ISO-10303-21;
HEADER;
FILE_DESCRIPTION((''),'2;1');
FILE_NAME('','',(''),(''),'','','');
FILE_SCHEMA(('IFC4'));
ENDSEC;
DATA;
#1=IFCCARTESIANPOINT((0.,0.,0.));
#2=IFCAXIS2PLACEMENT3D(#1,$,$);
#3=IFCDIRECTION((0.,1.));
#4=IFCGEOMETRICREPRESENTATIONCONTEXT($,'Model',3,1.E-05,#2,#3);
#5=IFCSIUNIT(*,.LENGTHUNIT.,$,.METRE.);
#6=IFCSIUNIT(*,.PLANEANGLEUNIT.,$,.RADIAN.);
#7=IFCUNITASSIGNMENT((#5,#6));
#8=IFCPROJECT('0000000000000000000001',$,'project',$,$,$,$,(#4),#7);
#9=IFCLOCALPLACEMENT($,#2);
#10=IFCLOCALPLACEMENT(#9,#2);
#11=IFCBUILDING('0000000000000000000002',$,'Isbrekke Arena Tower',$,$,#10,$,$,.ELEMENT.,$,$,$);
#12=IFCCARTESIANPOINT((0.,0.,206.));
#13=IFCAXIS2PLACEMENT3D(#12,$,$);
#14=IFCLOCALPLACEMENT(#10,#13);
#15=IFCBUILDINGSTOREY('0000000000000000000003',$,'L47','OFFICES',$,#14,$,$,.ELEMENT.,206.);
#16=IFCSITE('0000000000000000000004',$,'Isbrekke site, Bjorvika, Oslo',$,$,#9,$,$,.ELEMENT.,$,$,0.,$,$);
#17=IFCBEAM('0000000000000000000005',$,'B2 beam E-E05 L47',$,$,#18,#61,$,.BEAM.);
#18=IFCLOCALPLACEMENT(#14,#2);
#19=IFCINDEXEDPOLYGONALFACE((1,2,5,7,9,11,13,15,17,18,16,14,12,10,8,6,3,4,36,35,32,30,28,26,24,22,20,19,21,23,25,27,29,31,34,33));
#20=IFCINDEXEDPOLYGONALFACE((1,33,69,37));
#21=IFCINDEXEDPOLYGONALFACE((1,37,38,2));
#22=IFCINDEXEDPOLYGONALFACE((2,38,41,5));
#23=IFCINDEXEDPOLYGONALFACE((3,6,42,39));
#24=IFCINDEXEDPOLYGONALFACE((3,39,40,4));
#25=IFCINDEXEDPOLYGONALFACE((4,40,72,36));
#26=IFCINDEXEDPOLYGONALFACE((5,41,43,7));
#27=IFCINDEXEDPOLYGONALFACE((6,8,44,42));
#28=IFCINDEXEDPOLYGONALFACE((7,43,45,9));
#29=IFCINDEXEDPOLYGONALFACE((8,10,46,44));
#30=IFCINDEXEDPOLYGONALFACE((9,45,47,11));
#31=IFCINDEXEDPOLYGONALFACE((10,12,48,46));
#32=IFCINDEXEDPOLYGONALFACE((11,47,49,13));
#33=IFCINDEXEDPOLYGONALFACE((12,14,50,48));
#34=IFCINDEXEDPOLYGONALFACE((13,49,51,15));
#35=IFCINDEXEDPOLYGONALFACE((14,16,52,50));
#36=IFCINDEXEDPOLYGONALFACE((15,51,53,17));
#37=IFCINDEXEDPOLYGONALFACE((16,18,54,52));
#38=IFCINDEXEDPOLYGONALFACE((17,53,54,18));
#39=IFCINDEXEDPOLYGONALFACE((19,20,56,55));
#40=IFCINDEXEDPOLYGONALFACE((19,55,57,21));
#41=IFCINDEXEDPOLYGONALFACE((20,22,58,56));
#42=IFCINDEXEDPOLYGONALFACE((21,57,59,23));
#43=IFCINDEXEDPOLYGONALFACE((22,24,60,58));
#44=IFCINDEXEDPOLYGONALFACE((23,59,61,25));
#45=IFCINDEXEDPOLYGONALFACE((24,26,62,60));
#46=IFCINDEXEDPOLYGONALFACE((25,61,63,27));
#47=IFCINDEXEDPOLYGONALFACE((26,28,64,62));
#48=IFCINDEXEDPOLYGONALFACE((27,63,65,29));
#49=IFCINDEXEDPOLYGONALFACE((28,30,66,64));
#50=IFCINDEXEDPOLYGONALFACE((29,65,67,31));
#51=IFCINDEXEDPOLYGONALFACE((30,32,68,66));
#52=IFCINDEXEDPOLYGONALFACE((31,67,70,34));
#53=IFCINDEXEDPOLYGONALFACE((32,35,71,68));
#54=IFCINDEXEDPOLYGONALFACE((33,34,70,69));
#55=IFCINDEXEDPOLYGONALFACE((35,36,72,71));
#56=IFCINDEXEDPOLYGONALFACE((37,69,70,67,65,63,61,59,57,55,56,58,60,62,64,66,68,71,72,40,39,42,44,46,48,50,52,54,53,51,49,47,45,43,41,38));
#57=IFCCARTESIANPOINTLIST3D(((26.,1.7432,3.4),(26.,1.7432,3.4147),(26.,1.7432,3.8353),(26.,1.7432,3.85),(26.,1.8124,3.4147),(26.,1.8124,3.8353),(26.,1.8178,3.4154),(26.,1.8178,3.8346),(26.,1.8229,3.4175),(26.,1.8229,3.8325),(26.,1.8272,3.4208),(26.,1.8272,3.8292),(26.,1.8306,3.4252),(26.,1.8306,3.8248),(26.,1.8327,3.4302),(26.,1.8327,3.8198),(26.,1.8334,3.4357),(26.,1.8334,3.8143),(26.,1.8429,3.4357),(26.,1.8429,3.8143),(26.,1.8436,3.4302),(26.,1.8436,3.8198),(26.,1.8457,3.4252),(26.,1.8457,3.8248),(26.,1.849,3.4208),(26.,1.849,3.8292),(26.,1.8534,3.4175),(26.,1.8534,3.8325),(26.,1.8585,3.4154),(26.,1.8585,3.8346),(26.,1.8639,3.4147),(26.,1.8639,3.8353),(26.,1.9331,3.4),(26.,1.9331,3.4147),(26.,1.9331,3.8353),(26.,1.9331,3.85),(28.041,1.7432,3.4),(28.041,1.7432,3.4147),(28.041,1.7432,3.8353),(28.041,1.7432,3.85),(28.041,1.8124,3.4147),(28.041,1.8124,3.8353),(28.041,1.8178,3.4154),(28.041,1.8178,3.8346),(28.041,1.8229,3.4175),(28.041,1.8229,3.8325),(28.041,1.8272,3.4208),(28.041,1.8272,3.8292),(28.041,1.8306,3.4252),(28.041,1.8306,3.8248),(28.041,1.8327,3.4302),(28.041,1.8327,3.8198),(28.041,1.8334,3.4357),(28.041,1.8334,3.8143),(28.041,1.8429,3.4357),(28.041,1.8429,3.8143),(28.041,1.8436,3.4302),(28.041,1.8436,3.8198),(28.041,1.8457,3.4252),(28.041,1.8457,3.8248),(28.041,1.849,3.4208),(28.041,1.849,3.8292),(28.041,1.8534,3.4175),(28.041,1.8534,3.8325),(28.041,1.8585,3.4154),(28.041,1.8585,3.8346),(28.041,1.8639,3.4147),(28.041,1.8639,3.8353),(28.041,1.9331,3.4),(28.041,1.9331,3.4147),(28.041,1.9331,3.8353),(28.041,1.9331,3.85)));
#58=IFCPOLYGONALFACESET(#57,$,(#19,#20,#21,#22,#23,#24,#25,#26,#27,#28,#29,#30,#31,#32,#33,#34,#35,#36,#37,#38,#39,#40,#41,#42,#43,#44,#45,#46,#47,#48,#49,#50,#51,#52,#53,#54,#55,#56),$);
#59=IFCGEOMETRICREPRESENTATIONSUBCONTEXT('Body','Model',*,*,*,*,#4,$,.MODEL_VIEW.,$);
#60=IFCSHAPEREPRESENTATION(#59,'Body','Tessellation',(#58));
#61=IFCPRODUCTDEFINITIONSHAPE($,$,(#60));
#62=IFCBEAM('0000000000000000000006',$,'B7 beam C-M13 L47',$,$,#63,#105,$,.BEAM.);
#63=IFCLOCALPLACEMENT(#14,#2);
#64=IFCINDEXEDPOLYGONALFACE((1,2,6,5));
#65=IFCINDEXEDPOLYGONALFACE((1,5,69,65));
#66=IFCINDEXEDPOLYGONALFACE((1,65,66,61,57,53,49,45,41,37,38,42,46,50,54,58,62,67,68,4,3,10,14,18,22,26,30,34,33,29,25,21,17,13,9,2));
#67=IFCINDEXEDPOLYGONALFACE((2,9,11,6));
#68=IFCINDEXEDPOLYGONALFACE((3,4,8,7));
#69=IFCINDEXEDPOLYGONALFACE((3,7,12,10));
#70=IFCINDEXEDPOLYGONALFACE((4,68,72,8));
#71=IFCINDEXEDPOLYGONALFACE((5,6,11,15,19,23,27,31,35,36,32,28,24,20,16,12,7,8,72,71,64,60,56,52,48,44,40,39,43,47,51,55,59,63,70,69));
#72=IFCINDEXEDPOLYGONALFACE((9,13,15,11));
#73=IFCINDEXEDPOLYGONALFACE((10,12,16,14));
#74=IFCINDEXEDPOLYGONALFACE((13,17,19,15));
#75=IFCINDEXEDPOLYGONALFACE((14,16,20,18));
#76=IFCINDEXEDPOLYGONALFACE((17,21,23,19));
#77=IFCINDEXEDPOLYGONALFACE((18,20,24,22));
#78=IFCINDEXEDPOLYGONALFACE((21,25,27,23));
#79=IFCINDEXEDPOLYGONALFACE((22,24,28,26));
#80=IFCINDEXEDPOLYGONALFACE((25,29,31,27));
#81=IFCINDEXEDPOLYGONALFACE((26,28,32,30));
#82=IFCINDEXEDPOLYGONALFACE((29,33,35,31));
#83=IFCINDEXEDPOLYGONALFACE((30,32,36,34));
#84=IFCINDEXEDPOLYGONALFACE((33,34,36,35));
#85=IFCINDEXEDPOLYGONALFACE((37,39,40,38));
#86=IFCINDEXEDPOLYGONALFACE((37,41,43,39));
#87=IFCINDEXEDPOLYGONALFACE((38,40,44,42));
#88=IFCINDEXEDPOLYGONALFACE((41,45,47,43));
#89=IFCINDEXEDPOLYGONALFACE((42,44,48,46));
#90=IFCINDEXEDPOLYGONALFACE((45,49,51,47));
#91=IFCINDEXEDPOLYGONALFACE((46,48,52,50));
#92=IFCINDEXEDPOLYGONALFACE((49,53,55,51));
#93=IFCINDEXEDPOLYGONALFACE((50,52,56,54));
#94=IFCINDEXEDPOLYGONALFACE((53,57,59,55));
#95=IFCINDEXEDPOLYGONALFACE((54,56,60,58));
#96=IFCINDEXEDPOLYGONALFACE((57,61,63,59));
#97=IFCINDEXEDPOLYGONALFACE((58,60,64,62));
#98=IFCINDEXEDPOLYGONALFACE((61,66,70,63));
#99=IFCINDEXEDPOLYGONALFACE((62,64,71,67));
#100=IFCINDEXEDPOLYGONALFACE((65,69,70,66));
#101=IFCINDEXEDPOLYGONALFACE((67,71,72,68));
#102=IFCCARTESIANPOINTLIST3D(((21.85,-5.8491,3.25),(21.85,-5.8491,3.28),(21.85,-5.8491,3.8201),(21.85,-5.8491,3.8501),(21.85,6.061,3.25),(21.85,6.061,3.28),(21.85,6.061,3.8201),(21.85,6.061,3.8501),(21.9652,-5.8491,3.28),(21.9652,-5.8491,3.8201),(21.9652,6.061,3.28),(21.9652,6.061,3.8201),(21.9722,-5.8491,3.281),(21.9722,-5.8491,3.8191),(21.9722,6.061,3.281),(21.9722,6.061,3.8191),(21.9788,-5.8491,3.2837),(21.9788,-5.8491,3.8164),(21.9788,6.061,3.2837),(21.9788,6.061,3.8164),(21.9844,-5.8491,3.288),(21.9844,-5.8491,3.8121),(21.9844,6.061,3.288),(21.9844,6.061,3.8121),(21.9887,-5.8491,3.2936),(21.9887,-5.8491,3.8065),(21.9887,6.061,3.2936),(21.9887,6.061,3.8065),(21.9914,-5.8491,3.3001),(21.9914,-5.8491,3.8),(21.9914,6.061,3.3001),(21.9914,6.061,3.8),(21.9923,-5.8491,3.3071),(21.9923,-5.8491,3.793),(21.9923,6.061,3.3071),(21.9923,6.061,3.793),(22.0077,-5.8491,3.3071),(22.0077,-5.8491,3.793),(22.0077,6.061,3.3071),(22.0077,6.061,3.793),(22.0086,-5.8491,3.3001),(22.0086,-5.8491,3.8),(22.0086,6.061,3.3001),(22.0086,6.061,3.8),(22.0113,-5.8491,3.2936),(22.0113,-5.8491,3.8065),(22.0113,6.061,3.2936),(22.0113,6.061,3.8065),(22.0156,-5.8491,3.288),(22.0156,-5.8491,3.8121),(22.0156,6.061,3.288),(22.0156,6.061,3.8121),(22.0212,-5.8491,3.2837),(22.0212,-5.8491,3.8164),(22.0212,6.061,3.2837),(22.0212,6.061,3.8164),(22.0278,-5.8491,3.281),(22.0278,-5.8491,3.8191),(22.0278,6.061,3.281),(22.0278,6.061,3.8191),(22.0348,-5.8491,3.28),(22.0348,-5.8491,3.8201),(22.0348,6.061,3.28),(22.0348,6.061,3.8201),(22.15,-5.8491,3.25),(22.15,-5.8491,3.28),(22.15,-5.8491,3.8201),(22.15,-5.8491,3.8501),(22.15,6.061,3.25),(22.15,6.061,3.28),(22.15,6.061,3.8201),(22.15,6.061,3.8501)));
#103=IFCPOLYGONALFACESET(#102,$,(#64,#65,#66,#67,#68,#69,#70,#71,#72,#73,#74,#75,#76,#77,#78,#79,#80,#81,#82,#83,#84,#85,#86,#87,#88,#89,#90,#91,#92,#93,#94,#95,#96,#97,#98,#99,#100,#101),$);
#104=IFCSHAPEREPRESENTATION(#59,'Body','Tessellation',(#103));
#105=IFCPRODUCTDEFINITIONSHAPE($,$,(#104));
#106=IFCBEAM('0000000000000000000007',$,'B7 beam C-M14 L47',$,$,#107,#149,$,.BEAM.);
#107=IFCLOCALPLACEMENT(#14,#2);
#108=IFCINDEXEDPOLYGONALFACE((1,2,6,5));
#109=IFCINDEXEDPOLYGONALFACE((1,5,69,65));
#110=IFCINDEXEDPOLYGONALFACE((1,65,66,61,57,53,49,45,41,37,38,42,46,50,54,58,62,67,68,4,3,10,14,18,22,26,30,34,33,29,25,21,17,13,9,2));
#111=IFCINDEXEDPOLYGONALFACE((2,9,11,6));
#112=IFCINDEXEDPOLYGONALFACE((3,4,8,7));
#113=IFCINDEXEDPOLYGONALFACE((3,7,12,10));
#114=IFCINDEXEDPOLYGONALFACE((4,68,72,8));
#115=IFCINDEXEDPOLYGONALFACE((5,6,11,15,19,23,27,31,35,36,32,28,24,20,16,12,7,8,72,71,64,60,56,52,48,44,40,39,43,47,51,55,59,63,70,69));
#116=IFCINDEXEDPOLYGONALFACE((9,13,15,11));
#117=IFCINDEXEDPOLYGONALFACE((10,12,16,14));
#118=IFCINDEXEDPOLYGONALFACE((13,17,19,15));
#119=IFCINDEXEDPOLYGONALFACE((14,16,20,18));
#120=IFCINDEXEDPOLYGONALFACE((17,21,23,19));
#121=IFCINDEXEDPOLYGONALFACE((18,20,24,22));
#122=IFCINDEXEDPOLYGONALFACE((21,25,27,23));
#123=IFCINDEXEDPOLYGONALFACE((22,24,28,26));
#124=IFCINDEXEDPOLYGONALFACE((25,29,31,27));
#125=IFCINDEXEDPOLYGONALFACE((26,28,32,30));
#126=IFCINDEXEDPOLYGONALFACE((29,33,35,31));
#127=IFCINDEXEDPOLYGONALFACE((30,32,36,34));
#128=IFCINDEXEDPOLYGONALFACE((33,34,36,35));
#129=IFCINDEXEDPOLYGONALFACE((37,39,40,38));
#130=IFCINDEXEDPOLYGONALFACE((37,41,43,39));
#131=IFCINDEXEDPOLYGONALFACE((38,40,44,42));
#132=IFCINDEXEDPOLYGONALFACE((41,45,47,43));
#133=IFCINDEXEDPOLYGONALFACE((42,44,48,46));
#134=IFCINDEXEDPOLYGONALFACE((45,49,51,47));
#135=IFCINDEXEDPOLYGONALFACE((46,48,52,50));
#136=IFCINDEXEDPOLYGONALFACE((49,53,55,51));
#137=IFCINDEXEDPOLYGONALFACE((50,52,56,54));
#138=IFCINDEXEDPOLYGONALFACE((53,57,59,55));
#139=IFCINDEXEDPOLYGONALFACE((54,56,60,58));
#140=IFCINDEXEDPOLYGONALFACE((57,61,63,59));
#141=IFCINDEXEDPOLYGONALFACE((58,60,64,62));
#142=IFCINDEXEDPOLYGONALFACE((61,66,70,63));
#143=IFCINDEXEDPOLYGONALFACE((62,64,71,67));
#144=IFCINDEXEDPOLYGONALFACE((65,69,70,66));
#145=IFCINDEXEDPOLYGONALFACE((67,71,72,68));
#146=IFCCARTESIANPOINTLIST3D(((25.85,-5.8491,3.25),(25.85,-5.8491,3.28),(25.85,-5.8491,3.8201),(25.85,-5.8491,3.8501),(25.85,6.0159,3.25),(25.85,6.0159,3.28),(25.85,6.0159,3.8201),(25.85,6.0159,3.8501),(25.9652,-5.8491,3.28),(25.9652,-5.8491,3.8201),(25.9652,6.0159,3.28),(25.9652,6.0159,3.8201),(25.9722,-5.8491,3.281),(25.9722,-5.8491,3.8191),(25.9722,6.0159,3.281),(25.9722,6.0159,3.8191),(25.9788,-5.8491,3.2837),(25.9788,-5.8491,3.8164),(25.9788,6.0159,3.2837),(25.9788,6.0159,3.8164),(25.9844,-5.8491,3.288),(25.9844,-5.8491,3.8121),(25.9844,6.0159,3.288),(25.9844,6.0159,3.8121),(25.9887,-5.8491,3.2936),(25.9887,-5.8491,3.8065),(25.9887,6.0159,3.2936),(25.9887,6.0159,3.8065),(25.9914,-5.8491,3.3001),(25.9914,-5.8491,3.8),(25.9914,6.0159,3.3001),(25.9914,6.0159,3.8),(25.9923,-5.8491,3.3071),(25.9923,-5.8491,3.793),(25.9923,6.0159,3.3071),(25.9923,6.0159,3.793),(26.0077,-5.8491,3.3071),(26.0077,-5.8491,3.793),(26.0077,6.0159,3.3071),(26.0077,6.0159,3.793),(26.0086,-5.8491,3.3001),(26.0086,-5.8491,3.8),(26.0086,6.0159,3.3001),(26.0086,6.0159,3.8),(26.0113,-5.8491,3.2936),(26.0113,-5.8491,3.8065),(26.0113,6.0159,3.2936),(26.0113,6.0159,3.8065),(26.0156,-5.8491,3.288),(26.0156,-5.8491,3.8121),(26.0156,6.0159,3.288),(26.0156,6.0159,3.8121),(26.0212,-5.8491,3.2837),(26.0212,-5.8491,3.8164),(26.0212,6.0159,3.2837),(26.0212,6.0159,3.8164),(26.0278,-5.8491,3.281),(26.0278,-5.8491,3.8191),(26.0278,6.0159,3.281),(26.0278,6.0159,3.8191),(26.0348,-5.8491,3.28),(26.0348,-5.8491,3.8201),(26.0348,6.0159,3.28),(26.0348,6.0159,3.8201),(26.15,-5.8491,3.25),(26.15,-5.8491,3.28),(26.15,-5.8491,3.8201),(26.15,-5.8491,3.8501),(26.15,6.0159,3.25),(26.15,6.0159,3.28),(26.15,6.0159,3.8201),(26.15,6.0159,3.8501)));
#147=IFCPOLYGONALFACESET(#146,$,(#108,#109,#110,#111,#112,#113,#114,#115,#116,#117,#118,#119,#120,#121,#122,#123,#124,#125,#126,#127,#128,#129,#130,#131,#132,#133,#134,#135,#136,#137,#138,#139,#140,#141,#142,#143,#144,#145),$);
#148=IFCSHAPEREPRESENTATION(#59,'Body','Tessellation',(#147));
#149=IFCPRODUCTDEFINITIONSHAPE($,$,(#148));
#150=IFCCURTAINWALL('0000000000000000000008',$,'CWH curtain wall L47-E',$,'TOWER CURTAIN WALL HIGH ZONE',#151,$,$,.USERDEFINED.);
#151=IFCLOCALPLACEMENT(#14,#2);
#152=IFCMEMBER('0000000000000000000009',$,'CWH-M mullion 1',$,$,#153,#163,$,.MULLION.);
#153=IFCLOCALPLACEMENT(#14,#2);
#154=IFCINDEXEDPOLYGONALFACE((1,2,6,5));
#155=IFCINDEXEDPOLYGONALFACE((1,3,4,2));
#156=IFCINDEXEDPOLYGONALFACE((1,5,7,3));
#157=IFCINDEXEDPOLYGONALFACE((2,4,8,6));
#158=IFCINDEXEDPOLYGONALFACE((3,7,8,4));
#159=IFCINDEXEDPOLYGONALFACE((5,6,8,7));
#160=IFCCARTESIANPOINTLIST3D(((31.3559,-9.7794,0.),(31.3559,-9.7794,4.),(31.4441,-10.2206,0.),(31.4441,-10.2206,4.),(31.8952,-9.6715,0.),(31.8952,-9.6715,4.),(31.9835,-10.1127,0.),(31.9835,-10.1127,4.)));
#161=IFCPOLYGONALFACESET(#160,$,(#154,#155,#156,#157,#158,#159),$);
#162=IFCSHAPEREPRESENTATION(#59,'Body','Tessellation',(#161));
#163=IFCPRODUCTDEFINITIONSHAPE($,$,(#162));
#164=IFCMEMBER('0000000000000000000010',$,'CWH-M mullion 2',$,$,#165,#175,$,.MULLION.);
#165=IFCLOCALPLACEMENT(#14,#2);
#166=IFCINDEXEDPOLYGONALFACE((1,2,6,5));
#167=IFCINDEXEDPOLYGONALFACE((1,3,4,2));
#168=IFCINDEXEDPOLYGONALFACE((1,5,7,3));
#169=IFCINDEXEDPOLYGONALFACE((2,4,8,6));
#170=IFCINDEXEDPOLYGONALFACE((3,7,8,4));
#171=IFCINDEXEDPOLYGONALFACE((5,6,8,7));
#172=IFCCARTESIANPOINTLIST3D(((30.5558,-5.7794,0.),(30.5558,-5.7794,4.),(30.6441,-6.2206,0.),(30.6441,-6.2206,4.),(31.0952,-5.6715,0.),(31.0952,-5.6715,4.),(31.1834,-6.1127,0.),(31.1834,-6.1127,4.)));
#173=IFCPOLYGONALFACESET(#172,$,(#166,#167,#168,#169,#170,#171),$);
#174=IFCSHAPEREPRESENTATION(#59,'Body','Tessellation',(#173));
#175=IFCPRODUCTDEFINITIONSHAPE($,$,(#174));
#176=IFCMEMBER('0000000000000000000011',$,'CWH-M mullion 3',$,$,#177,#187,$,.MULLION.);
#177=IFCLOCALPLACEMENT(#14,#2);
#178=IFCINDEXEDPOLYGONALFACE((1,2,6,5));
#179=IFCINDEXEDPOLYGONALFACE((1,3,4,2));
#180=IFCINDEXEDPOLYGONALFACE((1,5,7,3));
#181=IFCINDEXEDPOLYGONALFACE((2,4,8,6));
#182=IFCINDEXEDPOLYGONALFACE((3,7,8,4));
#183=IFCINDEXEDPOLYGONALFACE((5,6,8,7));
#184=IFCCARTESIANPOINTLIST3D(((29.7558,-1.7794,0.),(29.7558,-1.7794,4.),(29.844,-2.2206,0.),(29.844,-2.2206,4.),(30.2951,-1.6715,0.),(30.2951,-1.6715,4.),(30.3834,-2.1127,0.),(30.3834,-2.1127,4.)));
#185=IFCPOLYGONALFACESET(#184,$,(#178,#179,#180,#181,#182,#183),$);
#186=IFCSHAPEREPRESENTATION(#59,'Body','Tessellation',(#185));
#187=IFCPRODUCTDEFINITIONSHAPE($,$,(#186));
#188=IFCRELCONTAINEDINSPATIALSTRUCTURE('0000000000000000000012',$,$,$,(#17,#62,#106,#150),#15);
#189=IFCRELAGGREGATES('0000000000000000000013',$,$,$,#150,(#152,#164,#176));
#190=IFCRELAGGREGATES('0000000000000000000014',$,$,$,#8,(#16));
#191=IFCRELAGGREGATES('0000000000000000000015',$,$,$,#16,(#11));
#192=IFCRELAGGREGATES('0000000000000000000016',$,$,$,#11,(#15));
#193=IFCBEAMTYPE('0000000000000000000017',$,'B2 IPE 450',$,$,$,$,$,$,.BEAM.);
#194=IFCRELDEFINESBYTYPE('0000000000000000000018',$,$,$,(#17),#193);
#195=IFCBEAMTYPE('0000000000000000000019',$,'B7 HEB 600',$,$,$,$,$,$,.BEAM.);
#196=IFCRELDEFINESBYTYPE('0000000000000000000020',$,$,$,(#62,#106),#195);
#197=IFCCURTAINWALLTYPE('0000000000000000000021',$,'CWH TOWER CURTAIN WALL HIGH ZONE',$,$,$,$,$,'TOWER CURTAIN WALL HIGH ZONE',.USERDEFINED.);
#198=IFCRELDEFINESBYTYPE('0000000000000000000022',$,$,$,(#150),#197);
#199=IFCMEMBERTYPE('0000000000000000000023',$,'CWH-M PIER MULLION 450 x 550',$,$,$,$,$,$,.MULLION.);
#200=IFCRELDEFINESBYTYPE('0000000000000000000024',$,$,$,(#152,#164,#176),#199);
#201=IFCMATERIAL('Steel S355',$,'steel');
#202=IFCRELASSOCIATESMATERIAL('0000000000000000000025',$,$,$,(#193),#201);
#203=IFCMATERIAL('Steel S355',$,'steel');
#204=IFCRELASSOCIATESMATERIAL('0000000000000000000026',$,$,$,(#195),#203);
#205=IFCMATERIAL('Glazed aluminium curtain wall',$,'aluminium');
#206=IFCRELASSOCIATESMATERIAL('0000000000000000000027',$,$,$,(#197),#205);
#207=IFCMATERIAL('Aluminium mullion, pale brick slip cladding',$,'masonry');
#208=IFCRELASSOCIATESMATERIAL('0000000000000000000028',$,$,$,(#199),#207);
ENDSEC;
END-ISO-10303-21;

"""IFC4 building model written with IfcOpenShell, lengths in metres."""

from ifc_helpers import new_model, si_unit, direction, frame, origin, origin_2d, place, context, subcontext, project, spatial, rectangle, i_section, extrude, material, material_profile, profile_set, type_object, element, aggregate, save


model = new_model("IFC4")

# Units and contexts
model_context = context("Model", 3, precision=1e-05, world=origin(), true_north=direction((0.0, 1.0)))
body_context = subcontext(model_context, "Body", "Model", "MODEL_VIEW")
ifc_project = project(units=[si_unit("LENGTHUNIT", "METRE"), si_unit("PLANEANGLEUNIT", "RADIAN")], contexts=[model_context])

# Site, building, storey
site_placement = place(None, origin())
site = spatial("IfcSite", under=ifc_project, at=site_placement, Name="Isbrekke site, Bjorvika, Oslo", CompositionType="ELEMENT", RefElevation=0.0)
building_placement = place(site_placement, origin())
building = spatial("IfcBuilding", under=site, at=building_placement, Name="Isbrekke Arena Tower", CompositionType="ELEMENT")
storey_placement = place(building_placement, frame((0.0, 0.0, 206.0)))
storey = spatial("IfcBuildingStorey", under=building, at=storey_placement, Name="L47", Description="OFFICES", CompositionType="ELEMENT", Elevation=206.0)

# Beams
ifc_material_1 = material(Name="Steel S355", Category="steel")
ifc_material_profile_1 = material_profile(ifc_material_1, i_section(OverallWidth=0.1899, OverallDepth=0.45, WebThickness=0.0095, FlangeThickness=0.0146, FilletRadius=0.021, at=origin_2d()), Name="IPE 450")
ifc_profile_set_1 = profile_set([ifc_material_profile_1], Name="Steel S355")
beam_type_1 = type_object("IfcBeamType", Name="B2 IPE 450", PredefinedType="BEAM", material=ifc_profile_set_1)
beam_1_placement = place(storey_placement, frame((28.041, 1.8381, 3.625), z_axis=(-1.0, 0.0, 0.0), x_axis=(0.0, -1.0, 0.0)))
element("IfcBeam", 1, at=beam_1_placement, inside=storey, type_object=beam_type_1, Name="B2 beam E-E05 L47", PredefinedType="BEAM", context=body_context, shape_type="SweptSolid", body=[
    extrude(i_section(OverallWidth=0.1899, OverallDepth=0.45, WebThickness=0.0095, FlangeThickness=0.0146, FilletRadius=0.021, at=origin_2d()), origin(), (0.0, 0.0, 1.0), 2.041),
])
ifc_material_2 = material(Name="Steel S355", Category="steel")
ifc_material_profile_2 = material_profile(ifc_material_2, i_section(OverallWidth=0.3, OverallDepth=0.6001, WebThickness=0.0154, FlangeThickness=0.03, FilletRadius=0.0271, at=origin_2d()), Name="HEB 600")
ifc_profile_set_2 = profile_set([ifc_material_profile_2], Name="Steel S355")
beam_type_2 = type_object("IfcBeamType", Name="B7 HEB 600", PredefinedType="BEAM", material=ifc_profile_set_2)
beam_2_placement = place(storey_placement, frame((22.0, -5.8491, 3.55), z_axis=(0.0, 1.0, 0.0), x_axis=(-1.0, 0.0, 0.0)))
element("IfcBeam", 2, at=beam_2_placement, inside=storey, type_object=beam_type_2, Name="B7 beam C-M13 L47", PredefinedType="BEAM", context=body_context, shape_type="SweptSolid", body=[
    extrude(i_section(OverallWidth=0.3, OverallDepth=0.6001, WebThickness=0.0154, FlangeThickness=0.03, FilletRadius=0.0271, at=origin_2d()), origin(), (0.0, 0.0, 1.0), 11.9102),
])
beam_3_placement = place(storey_placement, frame((26.0, -5.8491, 3.55), z_axis=(0.0, 1.0, 0.0), x_axis=(-1.0, 0.0, 0.0)))
element("IfcBeam", 3, at=beam_3_placement, inside=storey, type_object=beam_type_2, Name="B7 beam C-M14 L47", PredefinedType="BEAM", context=body_context, shape_type="SweptSolid", body=[
    extrude(i_section(OverallWidth=0.3, OverallDepth=0.6001, WebThickness=0.0154, FlangeThickness=0.03, FilletRadius=0.0271, at=origin_2d()), origin(), (0.0, 0.0, 1.0), 11.865),
])

# Curtain wall, members
ifc_material_3 = material(Name="Glazed aluminium curtain wall", Category="aluminium")
curtain_wall_type = type_object("IfcCurtainWallType", Name="CWH TOWER CURTAIN WALL HIGH ZONE", ElementType="TOWER CURTAIN WALL HIGH ZONE", PredefinedType="USERDEFINED", material=ifc_material_3)
curtain_wall_placement = place(storey_placement, origin())
curtain_wall = element("IfcCurtainWall", 4, at=curtain_wall_placement, inside=storey, type_object=curtain_wall_type, Name="CWH curtain wall L47-E", ObjectType="TOWER CURTAIN WALL HIGH ZONE", PredefinedType="USERDEFINED")
ifc_material_4 = material(Name="Aluminium mullion, pale brick slip cladding", Category="masonry")
ifc_material_profile_3 = material_profile(ifc_material_4, rectangle(XDim=0.45, YDim=0.55, at=origin_2d()), Name="PIER 450X550")
ifc_profile_set_3 = profile_set([ifc_material_profile_3], Name="Aluminium mullion, pale brick slip cladding")
member_type_1 = type_object("IfcMemberType", Name="CWH-M PIER MULLION 450 x 550", PredefinedType="MULLION", material=ifc_profile_set_3)
member_1_placement = place(storey_placement, frame((31.6697, -9.946, 0.0), z_axis=(0.0, 0.0, 1.0), x_axis=(-0.196116, 0.980581, 0.0)))
member_1 = element("IfcMember", 5, at=member_1_placement, type_object=member_type_1, Name="CWH-M mullion 1", PredefinedType="MULLION", context=body_context, shape_type="SweptSolid", body=[
    extrude(rectangle(XDim=0.45, YDim=0.55, at=origin_2d()), origin(), (0.0, 0.0, 1.0), 4.0),
])
member_2_placement = place(storey_placement, frame((30.8696, -5.946, 0.0), z_axis=(0.0, 0.0, 1.0), x_axis=(-0.196116, 0.980581, 0.0)))
member_2 = element("IfcMember", 6, at=member_2_placement, type_object=member_type_1, Name="CWH-M mullion 2", PredefinedType="MULLION", context=body_context, shape_type="SweptSolid", body=[
    extrude(rectangle(XDim=0.45, YDim=0.55, at=origin_2d()), origin(), (0.0, 0.0, 1.0), 4.0),
])
member_3_placement = place(storey_placement, frame((30.0696, -1.946, 0.0), z_axis=(0.0, 0.0, 1.0), x_axis=(-0.196116, 0.980581, 0.0)))
member_3 = element("IfcMember", 7, at=member_3_placement, type_object=member_type_1, Name="CWH-M mullion 3", PredefinedType="MULLION", context=body_context, shape_type="SweptSolid", body=[
    extrude(rectangle(XDim=0.45, YDim=0.55, at=origin_2d()), origin(), (0.0, 0.0, 1.0), 4.0),
])

aggregate(curtain_wall, [member_1, member_2, member_3])

save(model, "model.ifc")
